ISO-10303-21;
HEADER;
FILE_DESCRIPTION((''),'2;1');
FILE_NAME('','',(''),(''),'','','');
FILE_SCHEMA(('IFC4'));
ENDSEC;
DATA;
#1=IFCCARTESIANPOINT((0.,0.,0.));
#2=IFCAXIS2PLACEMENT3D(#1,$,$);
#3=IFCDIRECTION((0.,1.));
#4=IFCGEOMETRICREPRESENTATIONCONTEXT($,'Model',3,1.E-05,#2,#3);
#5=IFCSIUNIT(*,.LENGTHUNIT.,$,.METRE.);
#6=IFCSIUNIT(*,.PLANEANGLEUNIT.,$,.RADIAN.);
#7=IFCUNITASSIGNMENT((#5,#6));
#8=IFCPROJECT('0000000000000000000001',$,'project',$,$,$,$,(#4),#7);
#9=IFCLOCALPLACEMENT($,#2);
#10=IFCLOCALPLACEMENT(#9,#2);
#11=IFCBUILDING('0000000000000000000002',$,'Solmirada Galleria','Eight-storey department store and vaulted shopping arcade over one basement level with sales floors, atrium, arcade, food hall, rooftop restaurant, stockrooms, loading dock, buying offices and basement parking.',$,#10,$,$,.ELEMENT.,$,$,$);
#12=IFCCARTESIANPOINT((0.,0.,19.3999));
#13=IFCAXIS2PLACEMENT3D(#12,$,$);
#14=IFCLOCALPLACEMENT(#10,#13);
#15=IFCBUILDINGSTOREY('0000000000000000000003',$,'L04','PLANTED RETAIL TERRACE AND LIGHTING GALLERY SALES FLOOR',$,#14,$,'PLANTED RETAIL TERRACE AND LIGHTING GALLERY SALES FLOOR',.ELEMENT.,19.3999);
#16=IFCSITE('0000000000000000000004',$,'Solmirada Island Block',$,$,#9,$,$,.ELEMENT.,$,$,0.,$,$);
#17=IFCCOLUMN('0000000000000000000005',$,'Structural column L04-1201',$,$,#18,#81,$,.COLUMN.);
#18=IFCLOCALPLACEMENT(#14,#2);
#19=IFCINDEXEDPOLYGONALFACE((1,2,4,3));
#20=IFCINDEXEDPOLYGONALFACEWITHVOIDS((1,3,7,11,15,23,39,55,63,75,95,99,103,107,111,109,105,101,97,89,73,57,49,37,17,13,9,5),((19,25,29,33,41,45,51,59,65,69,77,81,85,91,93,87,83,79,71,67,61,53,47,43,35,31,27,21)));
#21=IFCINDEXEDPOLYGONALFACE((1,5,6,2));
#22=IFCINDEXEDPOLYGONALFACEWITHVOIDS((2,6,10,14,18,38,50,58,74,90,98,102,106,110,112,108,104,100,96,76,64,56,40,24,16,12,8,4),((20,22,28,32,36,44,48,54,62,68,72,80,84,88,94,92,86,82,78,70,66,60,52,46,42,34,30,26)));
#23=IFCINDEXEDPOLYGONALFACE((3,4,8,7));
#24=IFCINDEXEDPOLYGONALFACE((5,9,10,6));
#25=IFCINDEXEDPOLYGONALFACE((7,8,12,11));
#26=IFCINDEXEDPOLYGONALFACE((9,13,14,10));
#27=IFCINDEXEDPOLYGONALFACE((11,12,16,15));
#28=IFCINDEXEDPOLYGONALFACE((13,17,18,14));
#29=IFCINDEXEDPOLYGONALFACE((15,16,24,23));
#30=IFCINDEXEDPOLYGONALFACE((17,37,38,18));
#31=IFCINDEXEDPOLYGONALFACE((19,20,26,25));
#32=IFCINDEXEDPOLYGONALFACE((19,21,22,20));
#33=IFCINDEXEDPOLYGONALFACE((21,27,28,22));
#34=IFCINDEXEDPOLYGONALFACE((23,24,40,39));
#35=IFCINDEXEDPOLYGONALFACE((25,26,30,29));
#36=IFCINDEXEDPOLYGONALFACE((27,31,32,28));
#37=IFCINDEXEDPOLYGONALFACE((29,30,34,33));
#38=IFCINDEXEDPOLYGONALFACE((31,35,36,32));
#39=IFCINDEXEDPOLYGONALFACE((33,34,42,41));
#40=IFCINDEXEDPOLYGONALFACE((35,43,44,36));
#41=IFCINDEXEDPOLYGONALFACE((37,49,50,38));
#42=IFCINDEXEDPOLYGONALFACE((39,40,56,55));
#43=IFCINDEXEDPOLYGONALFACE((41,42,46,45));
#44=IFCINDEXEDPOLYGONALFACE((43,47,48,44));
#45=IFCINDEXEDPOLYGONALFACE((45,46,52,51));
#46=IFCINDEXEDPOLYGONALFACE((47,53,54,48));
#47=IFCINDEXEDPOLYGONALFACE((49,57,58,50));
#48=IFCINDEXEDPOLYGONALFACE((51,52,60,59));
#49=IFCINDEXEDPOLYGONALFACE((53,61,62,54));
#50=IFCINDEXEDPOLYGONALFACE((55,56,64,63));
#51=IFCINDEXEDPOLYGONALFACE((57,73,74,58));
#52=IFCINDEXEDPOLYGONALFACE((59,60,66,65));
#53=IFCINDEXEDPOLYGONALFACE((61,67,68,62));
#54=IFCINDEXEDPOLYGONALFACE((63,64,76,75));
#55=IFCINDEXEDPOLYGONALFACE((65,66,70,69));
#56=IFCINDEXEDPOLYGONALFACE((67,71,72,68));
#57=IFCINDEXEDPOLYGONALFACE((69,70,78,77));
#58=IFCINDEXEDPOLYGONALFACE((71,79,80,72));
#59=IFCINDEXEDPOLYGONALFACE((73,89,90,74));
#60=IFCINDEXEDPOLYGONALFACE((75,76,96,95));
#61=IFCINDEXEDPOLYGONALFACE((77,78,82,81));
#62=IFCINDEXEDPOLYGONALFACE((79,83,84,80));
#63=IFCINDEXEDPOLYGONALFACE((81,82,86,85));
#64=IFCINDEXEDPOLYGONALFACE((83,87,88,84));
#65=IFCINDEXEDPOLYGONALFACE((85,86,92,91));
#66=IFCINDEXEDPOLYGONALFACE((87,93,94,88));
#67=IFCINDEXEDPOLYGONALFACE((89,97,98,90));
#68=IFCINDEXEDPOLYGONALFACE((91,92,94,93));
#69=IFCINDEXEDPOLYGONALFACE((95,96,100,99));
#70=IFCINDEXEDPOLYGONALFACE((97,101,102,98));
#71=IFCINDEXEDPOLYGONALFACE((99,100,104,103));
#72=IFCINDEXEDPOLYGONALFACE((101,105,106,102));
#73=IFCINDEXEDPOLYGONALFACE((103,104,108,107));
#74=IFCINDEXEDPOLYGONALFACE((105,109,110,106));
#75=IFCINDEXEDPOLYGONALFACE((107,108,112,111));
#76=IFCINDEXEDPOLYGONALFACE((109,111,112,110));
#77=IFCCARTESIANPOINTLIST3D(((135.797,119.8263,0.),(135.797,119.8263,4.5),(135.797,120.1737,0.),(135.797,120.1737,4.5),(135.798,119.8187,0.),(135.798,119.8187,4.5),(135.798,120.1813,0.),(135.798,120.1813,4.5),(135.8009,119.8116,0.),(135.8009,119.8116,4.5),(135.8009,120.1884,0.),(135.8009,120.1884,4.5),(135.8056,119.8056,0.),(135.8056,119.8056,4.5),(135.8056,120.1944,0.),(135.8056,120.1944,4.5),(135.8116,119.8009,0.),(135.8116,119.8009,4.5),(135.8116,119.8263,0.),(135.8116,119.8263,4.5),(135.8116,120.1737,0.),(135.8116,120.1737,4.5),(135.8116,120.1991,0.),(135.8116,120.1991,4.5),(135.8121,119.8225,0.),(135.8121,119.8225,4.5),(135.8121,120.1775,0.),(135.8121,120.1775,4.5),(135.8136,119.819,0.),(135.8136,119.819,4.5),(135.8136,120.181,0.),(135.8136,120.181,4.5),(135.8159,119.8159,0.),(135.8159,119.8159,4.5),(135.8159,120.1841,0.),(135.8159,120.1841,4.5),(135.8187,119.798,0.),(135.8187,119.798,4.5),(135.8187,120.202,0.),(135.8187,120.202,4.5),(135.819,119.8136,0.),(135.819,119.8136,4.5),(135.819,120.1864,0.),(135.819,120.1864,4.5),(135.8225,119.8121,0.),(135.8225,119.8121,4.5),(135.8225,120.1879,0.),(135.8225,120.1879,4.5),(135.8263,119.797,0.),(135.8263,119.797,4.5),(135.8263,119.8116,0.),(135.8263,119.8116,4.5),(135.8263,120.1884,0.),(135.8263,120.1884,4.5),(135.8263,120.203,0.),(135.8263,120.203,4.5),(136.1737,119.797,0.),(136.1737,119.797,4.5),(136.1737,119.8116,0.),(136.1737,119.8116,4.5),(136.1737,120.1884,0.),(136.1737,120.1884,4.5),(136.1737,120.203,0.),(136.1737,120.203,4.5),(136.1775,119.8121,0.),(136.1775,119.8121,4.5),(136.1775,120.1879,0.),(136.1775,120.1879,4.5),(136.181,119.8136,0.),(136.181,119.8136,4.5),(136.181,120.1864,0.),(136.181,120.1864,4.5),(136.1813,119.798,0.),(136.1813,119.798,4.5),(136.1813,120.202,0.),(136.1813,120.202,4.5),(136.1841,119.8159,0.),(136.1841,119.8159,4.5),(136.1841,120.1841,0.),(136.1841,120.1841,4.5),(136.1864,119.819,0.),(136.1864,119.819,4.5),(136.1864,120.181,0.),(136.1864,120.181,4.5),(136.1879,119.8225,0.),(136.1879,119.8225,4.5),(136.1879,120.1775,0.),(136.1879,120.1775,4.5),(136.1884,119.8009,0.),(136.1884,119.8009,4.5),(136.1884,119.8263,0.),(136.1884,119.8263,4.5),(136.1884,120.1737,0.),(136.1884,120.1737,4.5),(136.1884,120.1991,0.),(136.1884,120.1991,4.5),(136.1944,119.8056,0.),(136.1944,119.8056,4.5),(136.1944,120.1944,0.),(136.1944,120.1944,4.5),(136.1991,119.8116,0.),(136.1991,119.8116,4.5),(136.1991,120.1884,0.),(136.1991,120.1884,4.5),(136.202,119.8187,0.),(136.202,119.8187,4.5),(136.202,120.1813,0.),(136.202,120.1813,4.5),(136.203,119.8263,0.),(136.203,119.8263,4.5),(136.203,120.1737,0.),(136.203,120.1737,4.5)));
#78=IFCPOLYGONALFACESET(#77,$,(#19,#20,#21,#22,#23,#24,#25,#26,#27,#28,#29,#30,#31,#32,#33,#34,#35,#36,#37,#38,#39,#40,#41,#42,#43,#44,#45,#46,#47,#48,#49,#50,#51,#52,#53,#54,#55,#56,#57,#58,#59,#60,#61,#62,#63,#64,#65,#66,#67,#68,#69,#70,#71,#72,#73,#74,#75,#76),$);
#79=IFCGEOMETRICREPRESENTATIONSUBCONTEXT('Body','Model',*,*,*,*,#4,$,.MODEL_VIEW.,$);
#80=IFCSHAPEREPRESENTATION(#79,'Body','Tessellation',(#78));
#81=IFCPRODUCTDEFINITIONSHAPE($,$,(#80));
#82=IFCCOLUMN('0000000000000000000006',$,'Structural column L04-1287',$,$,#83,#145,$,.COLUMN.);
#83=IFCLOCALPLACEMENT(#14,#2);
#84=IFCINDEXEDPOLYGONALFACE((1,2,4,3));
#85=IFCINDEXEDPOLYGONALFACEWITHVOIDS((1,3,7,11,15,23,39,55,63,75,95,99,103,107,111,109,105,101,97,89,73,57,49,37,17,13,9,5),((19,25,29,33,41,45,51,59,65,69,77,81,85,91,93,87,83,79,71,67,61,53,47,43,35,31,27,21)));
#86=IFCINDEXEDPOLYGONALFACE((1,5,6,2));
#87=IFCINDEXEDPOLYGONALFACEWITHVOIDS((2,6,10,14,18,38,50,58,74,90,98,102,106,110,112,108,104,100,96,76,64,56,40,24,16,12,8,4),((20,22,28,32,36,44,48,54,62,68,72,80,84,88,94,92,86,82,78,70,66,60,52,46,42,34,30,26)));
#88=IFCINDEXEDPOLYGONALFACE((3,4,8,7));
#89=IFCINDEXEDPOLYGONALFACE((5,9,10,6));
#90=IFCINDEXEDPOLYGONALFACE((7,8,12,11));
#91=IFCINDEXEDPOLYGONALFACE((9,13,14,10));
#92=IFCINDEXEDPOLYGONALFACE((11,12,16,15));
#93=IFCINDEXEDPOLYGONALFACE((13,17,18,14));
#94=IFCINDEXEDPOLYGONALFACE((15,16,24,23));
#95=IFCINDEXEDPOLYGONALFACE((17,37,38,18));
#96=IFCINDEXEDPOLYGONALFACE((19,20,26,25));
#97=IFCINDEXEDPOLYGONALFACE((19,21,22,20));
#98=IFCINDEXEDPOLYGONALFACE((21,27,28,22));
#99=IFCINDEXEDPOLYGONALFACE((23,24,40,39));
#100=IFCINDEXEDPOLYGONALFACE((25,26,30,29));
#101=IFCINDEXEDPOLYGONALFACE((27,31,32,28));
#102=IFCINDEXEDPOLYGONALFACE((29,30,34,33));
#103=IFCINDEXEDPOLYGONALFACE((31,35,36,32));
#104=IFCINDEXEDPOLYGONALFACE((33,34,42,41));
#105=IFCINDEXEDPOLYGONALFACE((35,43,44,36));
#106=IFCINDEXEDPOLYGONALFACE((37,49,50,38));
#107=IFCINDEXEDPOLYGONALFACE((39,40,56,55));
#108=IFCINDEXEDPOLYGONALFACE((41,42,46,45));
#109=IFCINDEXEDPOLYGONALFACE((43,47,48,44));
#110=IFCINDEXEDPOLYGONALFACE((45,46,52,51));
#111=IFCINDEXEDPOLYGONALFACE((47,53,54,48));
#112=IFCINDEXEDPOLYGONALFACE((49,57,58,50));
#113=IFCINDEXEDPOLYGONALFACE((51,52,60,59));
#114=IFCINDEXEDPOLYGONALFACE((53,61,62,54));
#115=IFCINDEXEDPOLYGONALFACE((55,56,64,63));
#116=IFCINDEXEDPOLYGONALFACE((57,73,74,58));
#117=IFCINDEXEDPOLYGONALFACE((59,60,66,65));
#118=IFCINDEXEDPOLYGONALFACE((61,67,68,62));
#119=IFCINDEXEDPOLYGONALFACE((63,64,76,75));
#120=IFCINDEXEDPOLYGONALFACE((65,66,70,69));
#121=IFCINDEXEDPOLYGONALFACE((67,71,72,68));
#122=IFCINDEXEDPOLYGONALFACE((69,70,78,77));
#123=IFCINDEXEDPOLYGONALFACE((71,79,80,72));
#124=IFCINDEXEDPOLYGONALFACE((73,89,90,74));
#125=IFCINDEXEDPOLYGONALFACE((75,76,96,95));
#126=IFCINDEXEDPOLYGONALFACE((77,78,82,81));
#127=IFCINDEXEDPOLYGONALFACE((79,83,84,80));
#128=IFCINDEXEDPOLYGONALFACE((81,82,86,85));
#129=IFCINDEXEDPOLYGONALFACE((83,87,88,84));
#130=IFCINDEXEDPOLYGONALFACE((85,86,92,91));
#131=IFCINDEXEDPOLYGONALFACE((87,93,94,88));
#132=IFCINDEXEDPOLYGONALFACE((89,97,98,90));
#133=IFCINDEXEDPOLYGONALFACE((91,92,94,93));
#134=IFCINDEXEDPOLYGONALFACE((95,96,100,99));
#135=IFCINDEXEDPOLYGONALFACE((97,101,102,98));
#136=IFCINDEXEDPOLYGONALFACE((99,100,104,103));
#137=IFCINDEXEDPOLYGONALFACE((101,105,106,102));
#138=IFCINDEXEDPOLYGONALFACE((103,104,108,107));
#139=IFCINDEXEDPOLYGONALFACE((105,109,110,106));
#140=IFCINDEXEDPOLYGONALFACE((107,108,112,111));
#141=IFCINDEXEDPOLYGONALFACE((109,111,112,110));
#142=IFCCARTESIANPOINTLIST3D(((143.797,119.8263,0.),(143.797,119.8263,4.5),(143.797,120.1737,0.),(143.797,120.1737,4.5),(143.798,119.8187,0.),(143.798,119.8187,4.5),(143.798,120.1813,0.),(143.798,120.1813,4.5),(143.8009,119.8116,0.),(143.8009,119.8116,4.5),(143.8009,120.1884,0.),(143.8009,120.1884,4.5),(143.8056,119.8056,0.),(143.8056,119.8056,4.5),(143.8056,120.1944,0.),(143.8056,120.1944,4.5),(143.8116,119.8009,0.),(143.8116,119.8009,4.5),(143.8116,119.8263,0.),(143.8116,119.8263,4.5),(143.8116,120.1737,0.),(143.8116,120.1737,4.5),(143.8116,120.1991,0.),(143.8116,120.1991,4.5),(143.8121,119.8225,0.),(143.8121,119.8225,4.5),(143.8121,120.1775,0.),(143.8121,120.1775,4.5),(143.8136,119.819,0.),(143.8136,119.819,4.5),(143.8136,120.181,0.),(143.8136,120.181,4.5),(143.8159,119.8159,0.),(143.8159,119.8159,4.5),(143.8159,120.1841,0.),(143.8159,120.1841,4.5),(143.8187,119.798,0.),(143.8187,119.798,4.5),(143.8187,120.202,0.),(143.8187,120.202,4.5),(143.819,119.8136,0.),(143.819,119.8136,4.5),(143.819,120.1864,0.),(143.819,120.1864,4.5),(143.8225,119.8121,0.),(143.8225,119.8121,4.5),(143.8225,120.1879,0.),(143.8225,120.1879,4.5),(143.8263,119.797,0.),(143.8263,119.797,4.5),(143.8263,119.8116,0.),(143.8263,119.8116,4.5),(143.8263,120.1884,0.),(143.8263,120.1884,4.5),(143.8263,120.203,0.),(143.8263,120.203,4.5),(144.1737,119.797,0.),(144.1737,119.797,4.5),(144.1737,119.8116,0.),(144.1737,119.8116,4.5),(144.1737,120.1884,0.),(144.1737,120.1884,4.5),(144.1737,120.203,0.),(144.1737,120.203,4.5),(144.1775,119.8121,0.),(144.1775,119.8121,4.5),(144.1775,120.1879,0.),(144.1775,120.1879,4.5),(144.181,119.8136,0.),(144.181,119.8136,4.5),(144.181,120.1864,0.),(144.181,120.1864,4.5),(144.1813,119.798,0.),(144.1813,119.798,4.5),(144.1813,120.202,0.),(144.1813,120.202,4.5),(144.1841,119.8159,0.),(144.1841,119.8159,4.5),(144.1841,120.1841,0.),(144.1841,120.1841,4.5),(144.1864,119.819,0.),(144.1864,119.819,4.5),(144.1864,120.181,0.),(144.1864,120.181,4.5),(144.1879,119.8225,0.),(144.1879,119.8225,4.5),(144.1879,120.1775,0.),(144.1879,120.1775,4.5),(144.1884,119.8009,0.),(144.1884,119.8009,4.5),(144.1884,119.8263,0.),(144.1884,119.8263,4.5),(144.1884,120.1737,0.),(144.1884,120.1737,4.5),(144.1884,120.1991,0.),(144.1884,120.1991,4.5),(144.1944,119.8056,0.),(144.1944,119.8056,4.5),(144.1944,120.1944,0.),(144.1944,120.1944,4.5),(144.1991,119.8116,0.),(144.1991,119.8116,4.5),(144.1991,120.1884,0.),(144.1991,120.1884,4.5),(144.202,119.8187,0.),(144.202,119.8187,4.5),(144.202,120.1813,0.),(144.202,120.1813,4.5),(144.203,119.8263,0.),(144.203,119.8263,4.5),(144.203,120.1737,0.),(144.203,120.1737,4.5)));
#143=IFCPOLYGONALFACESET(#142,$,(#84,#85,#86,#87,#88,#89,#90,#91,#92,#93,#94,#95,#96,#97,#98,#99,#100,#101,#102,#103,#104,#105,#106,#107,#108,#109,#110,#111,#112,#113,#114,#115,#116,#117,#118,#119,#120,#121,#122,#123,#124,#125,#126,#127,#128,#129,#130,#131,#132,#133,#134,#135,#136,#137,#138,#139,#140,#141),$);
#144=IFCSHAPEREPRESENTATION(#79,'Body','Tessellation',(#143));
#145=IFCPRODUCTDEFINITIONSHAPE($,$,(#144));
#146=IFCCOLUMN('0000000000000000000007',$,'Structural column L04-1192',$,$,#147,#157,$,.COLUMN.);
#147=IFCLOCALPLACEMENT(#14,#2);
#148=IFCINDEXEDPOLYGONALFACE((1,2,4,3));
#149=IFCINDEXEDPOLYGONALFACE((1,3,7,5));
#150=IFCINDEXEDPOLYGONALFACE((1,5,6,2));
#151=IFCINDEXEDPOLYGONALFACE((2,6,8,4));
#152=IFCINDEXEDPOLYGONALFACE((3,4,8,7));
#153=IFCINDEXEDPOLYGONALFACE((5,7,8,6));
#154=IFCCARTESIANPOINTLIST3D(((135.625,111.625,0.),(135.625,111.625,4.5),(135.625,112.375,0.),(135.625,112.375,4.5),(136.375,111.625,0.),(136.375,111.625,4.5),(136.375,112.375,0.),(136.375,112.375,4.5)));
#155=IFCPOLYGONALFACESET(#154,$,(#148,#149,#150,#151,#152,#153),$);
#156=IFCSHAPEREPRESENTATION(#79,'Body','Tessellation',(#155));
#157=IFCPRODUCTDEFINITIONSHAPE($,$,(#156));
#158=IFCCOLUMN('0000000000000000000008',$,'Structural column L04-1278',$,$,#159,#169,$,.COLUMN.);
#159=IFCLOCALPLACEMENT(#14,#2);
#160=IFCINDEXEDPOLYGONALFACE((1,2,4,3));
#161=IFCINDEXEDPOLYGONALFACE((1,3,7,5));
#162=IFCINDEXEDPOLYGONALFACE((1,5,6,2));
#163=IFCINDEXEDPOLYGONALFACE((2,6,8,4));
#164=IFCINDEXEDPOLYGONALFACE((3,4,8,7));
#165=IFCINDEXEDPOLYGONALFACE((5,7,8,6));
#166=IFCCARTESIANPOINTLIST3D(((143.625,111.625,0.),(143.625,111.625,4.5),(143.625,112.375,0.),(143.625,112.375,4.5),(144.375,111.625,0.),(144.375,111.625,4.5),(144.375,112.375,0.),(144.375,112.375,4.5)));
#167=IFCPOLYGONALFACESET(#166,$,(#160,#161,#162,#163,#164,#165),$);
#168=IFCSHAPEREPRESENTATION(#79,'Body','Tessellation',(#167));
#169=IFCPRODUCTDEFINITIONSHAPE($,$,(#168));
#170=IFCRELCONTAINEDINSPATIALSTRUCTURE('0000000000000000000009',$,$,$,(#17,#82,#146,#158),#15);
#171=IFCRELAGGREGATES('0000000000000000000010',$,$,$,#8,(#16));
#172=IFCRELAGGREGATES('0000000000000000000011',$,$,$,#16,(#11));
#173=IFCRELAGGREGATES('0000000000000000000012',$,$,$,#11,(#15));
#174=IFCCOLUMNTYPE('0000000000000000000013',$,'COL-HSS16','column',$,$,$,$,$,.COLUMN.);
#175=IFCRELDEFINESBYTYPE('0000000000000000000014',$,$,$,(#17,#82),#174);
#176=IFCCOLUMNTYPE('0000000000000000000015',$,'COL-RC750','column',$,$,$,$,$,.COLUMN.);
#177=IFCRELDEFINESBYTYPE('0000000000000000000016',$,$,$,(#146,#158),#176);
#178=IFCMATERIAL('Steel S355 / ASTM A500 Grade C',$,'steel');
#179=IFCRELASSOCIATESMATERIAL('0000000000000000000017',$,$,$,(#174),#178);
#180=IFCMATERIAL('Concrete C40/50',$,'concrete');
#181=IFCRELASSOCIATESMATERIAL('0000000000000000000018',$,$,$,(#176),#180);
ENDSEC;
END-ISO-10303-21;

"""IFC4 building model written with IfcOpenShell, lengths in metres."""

from ifc_helpers import new_model, si_unit, direction, frame, origin, origin_2d, place, context, subcontext, project, spatial, rectangle, hollow_rectangle, extrude, material, material_profile, profile_set, type_object, element, save


model = new_model("IFC4")

# Units and contexts
model_context = context("Model", 3, precision=1e-05, world=origin(), true_north=direction((0.0, 1.0)))
body_context = subcontext(model_context, "Body", "Model", "MODEL_VIEW")
ifc_project = project(units=[si_unit("LENGTHUNIT", "METRE"), si_unit("PLANEANGLEUNIT", "RADIAN")], contexts=[model_context])

# Site, building, storey
site_placement = place(None, origin())
site = spatial("IfcSite", under=ifc_project, at=site_placement, Name="Solmirada Island Block", CompositionType="ELEMENT", RefElevation=0.0)
building_placement = place(site_placement, origin())
building = spatial("IfcBuilding", under=site, at=building_placement, Name="Solmirada Galleria", Description="Eight-storey department store and vaulted shopping arcade over one basement level with sales floors, atrium, arcade, food hall, rooftop restaurant, stockrooms, loading dock, buying offices and basement parking.", CompositionType="ELEMENT")
storey_placement = place(building_placement, frame((0.0, 0.0, 19.3999)))
storey = spatial("IfcBuildingStorey", under=building, at=storey_placement, Name="L04", Description="PLANTED RETAIL TERRACE AND LIGHTING GALLERY SALES FLOOR", LongName="PLANTED RETAIL TERRACE AND LIGHTING GALLERY SALES FLOOR", CompositionType="ELEMENT", Elevation=19.3999)

# Columns
ifc_material_1 = material(Name="Steel S355 / ASTM A500 Grade C", Category="steel")
ifc_material_profile_1 = material_profile(ifc_material_1, hollow_rectangle(XDim=0.406, YDim=0.406, WallThickness=0.0146, InnerFilletRadius=0.0146, OuterFilletRadius=0.0293, at=origin_2d()), Name="HSS16X16X5/8")
ifc_profile_set_1 = profile_set([ifc_material_profile_1], Name="Steel S355 / ASTM A500 Grade C")
column_type_1 = type_object("IfcColumnType", Name="COL-HSS16", Description="column", PredefinedType="COLUMN", material=ifc_profile_set_1)
for number, where, z_axis, x_axis, name in (
    (1, (136.0, 120.0, 0.0), (0.0, 0.0, 1.0), (1.0, 0.0, 0.0), "Structural column L04-1201"),
    (2, (144.0, 120.0, 0.0), (0.0, 0.0, 1.0), (1.0, 0.0, 0.0), "Structural column L04-1287"),
):
    element("IfcColumn", number, at=place(storey_placement, frame(where, z_axis=z_axis, x_axis=x_axis)), inside=storey, type_object=column_type_1, Name=name, PredefinedType="COLUMN", context=body_context, shape_type="SweptSolid", body=[
        extrude(hollow_rectangle(XDim=0.406, YDim=0.406, WallThickness=0.0146, InnerFilletRadius=0.0146, OuterFilletRadius=0.0293, at=origin_2d()), origin(), (0.0, 0.0, 1.0), 4.5),
    ])
ifc_material_2 = material(Name="Concrete C40/50", Category="concrete")
ifc_material_profile_2 = material_profile(ifc_material_2, rectangle(XDim=0.75, YDim=0.75, at=origin_2d()), Name="RC750X750")
ifc_profile_set_2 = profile_set([ifc_material_profile_2], Name="Concrete C40/50")
column_type_2 = type_object("IfcColumnType", Name="COL-RC750", Description="column", PredefinedType="COLUMN", material=ifc_profile_set_2)
for number, where, z_axis, x_axis, name in (
    (3, (136.0, 112.0, 0.0), (0.0, 0.0, 1.0), (1.0, 0.0, 0.0), "Structural column L04-1192"),
    (4, (144.0, 112.0, 0.0), (0.0, 0.0, 1.0), (1.0, 0.0, 0.0), "Structural column L04-1278"),
):
    element("IfcColumn", number, at=place(storey_placement, frame(where, z_axis=z_axis, x_axis=x_axis)), inside=storey, type_object=column_type_2, Name=name, PredefinedType="COLUMN", context=body_context, shape_type="SweptSolid", body=[
        extrude(rectangle(XDim=0.75, YDim=0.75, at=origin_2d()), origin(), (0.0, 0.0, 1.0), 4.5),
    ])

save(model, "model.ifc")
